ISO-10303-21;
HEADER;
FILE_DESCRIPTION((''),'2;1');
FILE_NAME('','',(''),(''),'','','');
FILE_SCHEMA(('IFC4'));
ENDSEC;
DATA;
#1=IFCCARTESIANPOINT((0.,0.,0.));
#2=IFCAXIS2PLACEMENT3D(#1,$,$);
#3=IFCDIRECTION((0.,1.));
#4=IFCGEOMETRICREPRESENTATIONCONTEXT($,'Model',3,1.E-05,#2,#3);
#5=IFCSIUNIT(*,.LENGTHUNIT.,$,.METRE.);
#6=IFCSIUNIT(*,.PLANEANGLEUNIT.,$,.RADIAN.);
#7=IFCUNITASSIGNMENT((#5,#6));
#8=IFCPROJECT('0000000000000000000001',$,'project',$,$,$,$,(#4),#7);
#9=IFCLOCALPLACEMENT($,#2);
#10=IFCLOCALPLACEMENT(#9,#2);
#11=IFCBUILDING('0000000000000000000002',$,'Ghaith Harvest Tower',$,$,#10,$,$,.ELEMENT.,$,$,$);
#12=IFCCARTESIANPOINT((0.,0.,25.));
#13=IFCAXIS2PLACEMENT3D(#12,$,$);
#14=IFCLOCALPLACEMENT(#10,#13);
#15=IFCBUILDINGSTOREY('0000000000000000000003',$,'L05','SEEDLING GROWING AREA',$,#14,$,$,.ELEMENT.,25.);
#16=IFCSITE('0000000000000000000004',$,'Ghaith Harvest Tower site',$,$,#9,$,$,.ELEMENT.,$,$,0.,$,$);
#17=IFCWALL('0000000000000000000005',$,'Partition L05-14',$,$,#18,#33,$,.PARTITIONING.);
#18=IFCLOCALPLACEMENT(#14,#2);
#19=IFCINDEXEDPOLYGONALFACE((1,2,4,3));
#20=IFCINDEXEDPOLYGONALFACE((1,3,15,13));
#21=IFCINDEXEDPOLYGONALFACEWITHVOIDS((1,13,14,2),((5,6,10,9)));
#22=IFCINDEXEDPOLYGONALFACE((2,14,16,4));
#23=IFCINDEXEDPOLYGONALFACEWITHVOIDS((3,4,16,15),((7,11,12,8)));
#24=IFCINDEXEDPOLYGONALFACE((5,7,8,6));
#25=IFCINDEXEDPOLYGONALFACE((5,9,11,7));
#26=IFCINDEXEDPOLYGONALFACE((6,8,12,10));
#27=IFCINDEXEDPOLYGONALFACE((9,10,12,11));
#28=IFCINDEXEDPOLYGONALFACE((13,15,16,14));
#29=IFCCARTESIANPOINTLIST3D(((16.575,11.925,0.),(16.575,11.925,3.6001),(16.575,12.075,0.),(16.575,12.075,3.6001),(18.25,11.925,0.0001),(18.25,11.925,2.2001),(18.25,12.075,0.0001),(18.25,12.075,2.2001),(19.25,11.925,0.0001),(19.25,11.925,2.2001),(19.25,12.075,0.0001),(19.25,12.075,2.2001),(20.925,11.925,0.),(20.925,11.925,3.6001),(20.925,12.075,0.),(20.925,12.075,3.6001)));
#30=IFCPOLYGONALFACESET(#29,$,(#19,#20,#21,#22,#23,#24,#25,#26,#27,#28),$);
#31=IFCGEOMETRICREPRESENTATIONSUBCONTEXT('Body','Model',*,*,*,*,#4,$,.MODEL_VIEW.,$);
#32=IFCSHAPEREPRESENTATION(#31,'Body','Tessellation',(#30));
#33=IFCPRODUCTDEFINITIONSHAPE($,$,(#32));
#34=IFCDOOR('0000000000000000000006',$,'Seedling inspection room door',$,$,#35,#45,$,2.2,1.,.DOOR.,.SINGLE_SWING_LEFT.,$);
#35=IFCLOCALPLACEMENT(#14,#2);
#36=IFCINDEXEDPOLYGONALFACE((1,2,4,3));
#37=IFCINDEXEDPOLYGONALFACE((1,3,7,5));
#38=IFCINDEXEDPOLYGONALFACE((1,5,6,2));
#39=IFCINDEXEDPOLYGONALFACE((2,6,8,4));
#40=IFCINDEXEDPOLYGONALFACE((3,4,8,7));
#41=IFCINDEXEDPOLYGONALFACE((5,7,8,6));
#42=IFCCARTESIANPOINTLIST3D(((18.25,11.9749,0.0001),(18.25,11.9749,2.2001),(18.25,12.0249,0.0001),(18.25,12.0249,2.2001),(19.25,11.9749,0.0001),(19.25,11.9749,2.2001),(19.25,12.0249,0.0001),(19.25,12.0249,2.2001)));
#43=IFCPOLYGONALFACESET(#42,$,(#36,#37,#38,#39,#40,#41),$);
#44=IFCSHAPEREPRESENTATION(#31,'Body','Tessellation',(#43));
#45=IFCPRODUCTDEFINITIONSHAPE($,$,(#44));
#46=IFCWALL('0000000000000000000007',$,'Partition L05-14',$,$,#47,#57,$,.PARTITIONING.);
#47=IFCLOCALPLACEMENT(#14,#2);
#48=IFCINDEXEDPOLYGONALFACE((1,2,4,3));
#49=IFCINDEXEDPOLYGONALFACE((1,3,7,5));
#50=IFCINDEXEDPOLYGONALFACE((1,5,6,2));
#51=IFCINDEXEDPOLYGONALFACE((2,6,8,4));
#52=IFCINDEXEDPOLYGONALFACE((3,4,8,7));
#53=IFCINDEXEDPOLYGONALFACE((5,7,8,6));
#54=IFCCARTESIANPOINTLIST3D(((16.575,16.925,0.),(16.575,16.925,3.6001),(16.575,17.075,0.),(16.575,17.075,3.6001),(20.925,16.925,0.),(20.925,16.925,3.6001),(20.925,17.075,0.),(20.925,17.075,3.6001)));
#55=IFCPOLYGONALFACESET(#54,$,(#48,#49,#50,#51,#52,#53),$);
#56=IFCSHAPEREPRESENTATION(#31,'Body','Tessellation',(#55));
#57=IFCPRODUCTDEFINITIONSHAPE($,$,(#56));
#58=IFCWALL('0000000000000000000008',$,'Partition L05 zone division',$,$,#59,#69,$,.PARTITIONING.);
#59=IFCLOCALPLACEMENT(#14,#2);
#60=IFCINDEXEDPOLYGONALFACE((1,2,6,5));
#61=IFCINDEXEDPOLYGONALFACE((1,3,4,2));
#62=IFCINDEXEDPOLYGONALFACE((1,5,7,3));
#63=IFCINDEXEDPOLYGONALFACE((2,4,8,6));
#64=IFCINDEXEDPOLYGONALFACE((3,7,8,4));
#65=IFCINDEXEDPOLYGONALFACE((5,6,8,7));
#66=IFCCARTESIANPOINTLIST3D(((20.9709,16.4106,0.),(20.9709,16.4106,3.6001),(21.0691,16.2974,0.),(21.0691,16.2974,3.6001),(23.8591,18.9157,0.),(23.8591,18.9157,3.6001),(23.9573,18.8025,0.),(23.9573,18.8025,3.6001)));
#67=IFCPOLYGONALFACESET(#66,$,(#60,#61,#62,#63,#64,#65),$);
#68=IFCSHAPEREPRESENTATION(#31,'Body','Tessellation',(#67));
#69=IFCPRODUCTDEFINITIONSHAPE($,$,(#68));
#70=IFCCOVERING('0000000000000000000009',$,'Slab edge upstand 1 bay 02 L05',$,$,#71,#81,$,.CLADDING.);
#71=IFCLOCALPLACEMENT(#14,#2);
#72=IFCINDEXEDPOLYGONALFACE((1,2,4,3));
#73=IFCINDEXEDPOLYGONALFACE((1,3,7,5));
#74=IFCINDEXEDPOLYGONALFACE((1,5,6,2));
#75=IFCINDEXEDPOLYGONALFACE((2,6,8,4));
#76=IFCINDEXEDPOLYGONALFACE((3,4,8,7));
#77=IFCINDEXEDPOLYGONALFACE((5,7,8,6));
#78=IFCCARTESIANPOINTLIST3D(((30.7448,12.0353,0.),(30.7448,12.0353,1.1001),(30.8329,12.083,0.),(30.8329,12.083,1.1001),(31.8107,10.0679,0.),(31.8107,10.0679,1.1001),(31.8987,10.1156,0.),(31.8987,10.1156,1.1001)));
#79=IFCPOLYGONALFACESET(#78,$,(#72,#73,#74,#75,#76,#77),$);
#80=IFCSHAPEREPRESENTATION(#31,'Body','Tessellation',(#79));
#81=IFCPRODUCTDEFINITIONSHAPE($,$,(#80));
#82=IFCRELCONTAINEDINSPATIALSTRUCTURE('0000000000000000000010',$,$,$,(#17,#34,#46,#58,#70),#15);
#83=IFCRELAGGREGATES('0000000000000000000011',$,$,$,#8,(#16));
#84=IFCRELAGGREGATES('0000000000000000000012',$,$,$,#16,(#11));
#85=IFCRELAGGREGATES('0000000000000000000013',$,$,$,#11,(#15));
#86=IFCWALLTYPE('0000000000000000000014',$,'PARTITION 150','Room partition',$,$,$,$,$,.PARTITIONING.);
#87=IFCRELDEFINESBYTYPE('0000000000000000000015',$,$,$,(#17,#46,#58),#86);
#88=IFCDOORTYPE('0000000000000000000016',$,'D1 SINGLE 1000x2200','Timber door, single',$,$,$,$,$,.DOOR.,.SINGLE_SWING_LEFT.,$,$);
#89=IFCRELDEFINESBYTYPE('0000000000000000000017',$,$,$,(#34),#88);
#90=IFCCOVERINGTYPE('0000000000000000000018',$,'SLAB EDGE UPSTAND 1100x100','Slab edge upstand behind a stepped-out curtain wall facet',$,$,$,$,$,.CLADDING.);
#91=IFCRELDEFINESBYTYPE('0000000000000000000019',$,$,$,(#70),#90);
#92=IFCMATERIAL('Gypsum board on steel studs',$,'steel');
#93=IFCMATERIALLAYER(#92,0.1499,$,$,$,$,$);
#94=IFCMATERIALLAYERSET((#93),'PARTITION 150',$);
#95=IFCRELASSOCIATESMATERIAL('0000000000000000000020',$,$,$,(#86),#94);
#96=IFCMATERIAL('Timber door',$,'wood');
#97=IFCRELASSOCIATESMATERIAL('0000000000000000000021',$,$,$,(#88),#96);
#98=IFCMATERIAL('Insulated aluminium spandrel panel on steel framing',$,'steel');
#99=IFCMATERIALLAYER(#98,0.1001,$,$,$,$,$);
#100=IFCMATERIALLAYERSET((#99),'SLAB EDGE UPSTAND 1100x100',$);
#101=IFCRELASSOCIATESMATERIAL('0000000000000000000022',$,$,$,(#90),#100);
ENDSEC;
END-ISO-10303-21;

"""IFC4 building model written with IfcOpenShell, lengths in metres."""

from ifc_helpers import new_model, si_unit, direction, frame, frame_2d, origin, origin_2d, place, context, subcontext, project, spatial, rectangle, extrude, material, layer, layer_set, type_object, element, fill, save


model = new_model("IFC4")

# Units and contexts
model_context = context("Model", 3, precision=1e-05, world=origin(), true_north=direction((0.0, 1.0)))
body_context = subcontext(model_context, "Body", "Model", "MODEL_VIEW")
ifc_project = project(units=[si_unit("LENGTHUNIT", "METRE"), si_unit("PLANEANGLEUNIT", "RADIAN")], contexts=[model_context])

# Site, building, storey
site_placement = place(None, origin())
site = spatial("IfcSite", under=ifc_project, at=site_placement, Name="Ghaith Harvest Tower site", CompositionType="ELEMENT", RefElevation=0.0)
building_placement = place(site_placement, origin())
building = spatial("IfcBuilding", under=site, at=building_placement, Name="Ghaith Harvest Tower", CompositionType="ELEMENT")
storey_placement = place(building_placement, frame((0.0, 0.0, 25.0)))
storey = spatial("IfcBuildingStorey", under=building, at=storey_placement, Name="L05", Description="SEEDLING GROWING AREA", CompositionType="ELEMENT", Elevation=25.0)

# Shared definitions
ifc_material_1 = material(Name="Gypsum board on steel studs", Category="steel")
ifc_layer_1 = layer(ifc_material_1, 0.1499)
ifc_layer_set_1 = layer_set([ifc_layer_1], Name="PARTITION 150")
wall_type = type_object("IfcWallType", Name="PARTITION 150", Description="Room partition", PredefinedType="PARTITIONING", material=ifc_layer_set_1)

# Wall, opening, door
wall_1_placement = place(storey_placement, frame((16.575, 12.0, 0.0), z_axis=(0.0, 0.0, 1.0), x_axis=(1.0, 0.0, 0.0)))
wall_1 = element("IfcWall", 1, at=wall_1_placement, inside=storey, type_object=wall_type, Name="Partition L05-14", PredefinedType="PARTITIONING", context=body_context, shape_type="SweptSolid", body=[
    extrude(rectangle(XDim=4.3501, YDim=0.1499, at=frame_2d((2.175, 0.0))), origin(), (0.0, 0.0, 1.0), 3.6001),
])
opening_placement = place(wall_1_placement, frame((1.675, 0.0, 0.0)))
opening = element("IfcOpeningElement", 2, at=opening_placement, cuts=wall_1, PredefinedType="OPENING", context=body_context, shape_type="SweptSolid", body=[
    extrude(rectangle(XDim=1.0, YDim=2.2, at=frame_2d((0.5, 1.1001))), frame((0.0, 0.085, 0.0), z_axis=(0.0, -1.0, 0.0), x_axis=(1.0, 0.0, 0.0)), (0.0, 0.0, 1.0), 0.1699),
])
ifc_material_2 = material(Name="Timber door", Category="wood")
door_type = type_object("IfcDoorType", Name="D1 SINGLE 1000x2200", Description="Timber door, single", OperationType="SINGLE_SWING_LEFT", PredefinedType="DOOR", material=ifc_material_2)
door_placement = place(opening_placement, origin())
door = element("IfcDoor", 3, at=door_placement, inside=storey, type_object=door_type, Name="Seedling inspection room door", OperationType="SINGLE_SWING_LEFT", OverallHeight=2.2, OverallWidth=1.0, PredefinedType="DOOR", context=body_context, shape_type="SweptSolid", body=[
    extrude(rectangle(XDim=1.0, YDim=2.2, at=frame_2d((0.5, 1.1001))), frame((0.0, 0.0249, 0.0), z_axis=(0.0, -1.0, 0.0), x_axis=(1.0, 0.0, 0.0)), (0.0, 0.0, 1.0), 0.05),
])
fill(opening, door)

# Walls
wall_2_placement = place(storey_placement, frame((16.575, 17.0, 0.0), z_axis=(0.0, 0.0, 1.0), x_axis=(1.0, 0.0, 0.0)))
element("IfcWall", 4, at=wall_2_placement, inside=storey, type_object=wall_type, Name="Partition L05-14", PredefinedType="PARTITIONING", context=body_context, shape_type="SweptSolid", body=[
    extrude(rectangle(XDim=4.3501, YDim=0.1499, at=frame_2d((2.175, 0.0))), origin(), (0.0, 0.0, 1.0), 3.6001),
])
wall_3_placement = place(storey_placement, frame((21.02, 16.354, 0.0), z_axis=(0.0, 0.0, 1.0), x_axis=(0.755426, 0.655234, 0.0)))
element("IfcWall", 5, at=wall_3_placement, inside=storey, type_object=wall_type, Name="Partition L05 zone division", PredefinedType="PARTITIONING", context=body_context, shape_type="SweptSolid", body=[
    extrude(rectangle(XDim=3.8232, YDim=0.1499, at=frame_2d((1.9116, 0.0))), origin(), (0.0, 0.0, 1.0), 3.6001),
])

# Covering
ifc_material_3 = material(Name="Insulated aluminium spandrel panel on steel framing", Category="steel")
ifc_layer_2 = layer(ifc_material_3, 0.1001)
ifc_layer_set_2 = layer_set([ifc_layer_2], Name="SLAB EDGE UPSTAND 1100x100")
covering_type = type_object("IfcCoveringType", Name="SLAB EDGE UPSTAND 1100x100", Description="Slab edge upstand behind a stepped-out curtain wall facet", PredefinedType="CLADDING", material=ifc_layer_set_2)
covering_placement = place(storey_placement, frame((31.3218, 11.0754, 0.0), z_axis=(0.0, 0.0, 1.0), x_axis=(-0.476349, 0.879256, 0.0)))
element("IfcCovering", 6, at=covering_placement, inside=storey, type_object=covering_type, Name="Slab edge upstand 1 bay 02 L05", PredefinedType="CLADDING", context=body_context, shape_type="SweptSolid", body=[
    extrude(rectangle(XDim=2.2375, YDim=0.1001, at=origin_2d()), origin(), (0.0, 0.0, 1.0), 1.1001),
])

save(model, "model.ifc")
